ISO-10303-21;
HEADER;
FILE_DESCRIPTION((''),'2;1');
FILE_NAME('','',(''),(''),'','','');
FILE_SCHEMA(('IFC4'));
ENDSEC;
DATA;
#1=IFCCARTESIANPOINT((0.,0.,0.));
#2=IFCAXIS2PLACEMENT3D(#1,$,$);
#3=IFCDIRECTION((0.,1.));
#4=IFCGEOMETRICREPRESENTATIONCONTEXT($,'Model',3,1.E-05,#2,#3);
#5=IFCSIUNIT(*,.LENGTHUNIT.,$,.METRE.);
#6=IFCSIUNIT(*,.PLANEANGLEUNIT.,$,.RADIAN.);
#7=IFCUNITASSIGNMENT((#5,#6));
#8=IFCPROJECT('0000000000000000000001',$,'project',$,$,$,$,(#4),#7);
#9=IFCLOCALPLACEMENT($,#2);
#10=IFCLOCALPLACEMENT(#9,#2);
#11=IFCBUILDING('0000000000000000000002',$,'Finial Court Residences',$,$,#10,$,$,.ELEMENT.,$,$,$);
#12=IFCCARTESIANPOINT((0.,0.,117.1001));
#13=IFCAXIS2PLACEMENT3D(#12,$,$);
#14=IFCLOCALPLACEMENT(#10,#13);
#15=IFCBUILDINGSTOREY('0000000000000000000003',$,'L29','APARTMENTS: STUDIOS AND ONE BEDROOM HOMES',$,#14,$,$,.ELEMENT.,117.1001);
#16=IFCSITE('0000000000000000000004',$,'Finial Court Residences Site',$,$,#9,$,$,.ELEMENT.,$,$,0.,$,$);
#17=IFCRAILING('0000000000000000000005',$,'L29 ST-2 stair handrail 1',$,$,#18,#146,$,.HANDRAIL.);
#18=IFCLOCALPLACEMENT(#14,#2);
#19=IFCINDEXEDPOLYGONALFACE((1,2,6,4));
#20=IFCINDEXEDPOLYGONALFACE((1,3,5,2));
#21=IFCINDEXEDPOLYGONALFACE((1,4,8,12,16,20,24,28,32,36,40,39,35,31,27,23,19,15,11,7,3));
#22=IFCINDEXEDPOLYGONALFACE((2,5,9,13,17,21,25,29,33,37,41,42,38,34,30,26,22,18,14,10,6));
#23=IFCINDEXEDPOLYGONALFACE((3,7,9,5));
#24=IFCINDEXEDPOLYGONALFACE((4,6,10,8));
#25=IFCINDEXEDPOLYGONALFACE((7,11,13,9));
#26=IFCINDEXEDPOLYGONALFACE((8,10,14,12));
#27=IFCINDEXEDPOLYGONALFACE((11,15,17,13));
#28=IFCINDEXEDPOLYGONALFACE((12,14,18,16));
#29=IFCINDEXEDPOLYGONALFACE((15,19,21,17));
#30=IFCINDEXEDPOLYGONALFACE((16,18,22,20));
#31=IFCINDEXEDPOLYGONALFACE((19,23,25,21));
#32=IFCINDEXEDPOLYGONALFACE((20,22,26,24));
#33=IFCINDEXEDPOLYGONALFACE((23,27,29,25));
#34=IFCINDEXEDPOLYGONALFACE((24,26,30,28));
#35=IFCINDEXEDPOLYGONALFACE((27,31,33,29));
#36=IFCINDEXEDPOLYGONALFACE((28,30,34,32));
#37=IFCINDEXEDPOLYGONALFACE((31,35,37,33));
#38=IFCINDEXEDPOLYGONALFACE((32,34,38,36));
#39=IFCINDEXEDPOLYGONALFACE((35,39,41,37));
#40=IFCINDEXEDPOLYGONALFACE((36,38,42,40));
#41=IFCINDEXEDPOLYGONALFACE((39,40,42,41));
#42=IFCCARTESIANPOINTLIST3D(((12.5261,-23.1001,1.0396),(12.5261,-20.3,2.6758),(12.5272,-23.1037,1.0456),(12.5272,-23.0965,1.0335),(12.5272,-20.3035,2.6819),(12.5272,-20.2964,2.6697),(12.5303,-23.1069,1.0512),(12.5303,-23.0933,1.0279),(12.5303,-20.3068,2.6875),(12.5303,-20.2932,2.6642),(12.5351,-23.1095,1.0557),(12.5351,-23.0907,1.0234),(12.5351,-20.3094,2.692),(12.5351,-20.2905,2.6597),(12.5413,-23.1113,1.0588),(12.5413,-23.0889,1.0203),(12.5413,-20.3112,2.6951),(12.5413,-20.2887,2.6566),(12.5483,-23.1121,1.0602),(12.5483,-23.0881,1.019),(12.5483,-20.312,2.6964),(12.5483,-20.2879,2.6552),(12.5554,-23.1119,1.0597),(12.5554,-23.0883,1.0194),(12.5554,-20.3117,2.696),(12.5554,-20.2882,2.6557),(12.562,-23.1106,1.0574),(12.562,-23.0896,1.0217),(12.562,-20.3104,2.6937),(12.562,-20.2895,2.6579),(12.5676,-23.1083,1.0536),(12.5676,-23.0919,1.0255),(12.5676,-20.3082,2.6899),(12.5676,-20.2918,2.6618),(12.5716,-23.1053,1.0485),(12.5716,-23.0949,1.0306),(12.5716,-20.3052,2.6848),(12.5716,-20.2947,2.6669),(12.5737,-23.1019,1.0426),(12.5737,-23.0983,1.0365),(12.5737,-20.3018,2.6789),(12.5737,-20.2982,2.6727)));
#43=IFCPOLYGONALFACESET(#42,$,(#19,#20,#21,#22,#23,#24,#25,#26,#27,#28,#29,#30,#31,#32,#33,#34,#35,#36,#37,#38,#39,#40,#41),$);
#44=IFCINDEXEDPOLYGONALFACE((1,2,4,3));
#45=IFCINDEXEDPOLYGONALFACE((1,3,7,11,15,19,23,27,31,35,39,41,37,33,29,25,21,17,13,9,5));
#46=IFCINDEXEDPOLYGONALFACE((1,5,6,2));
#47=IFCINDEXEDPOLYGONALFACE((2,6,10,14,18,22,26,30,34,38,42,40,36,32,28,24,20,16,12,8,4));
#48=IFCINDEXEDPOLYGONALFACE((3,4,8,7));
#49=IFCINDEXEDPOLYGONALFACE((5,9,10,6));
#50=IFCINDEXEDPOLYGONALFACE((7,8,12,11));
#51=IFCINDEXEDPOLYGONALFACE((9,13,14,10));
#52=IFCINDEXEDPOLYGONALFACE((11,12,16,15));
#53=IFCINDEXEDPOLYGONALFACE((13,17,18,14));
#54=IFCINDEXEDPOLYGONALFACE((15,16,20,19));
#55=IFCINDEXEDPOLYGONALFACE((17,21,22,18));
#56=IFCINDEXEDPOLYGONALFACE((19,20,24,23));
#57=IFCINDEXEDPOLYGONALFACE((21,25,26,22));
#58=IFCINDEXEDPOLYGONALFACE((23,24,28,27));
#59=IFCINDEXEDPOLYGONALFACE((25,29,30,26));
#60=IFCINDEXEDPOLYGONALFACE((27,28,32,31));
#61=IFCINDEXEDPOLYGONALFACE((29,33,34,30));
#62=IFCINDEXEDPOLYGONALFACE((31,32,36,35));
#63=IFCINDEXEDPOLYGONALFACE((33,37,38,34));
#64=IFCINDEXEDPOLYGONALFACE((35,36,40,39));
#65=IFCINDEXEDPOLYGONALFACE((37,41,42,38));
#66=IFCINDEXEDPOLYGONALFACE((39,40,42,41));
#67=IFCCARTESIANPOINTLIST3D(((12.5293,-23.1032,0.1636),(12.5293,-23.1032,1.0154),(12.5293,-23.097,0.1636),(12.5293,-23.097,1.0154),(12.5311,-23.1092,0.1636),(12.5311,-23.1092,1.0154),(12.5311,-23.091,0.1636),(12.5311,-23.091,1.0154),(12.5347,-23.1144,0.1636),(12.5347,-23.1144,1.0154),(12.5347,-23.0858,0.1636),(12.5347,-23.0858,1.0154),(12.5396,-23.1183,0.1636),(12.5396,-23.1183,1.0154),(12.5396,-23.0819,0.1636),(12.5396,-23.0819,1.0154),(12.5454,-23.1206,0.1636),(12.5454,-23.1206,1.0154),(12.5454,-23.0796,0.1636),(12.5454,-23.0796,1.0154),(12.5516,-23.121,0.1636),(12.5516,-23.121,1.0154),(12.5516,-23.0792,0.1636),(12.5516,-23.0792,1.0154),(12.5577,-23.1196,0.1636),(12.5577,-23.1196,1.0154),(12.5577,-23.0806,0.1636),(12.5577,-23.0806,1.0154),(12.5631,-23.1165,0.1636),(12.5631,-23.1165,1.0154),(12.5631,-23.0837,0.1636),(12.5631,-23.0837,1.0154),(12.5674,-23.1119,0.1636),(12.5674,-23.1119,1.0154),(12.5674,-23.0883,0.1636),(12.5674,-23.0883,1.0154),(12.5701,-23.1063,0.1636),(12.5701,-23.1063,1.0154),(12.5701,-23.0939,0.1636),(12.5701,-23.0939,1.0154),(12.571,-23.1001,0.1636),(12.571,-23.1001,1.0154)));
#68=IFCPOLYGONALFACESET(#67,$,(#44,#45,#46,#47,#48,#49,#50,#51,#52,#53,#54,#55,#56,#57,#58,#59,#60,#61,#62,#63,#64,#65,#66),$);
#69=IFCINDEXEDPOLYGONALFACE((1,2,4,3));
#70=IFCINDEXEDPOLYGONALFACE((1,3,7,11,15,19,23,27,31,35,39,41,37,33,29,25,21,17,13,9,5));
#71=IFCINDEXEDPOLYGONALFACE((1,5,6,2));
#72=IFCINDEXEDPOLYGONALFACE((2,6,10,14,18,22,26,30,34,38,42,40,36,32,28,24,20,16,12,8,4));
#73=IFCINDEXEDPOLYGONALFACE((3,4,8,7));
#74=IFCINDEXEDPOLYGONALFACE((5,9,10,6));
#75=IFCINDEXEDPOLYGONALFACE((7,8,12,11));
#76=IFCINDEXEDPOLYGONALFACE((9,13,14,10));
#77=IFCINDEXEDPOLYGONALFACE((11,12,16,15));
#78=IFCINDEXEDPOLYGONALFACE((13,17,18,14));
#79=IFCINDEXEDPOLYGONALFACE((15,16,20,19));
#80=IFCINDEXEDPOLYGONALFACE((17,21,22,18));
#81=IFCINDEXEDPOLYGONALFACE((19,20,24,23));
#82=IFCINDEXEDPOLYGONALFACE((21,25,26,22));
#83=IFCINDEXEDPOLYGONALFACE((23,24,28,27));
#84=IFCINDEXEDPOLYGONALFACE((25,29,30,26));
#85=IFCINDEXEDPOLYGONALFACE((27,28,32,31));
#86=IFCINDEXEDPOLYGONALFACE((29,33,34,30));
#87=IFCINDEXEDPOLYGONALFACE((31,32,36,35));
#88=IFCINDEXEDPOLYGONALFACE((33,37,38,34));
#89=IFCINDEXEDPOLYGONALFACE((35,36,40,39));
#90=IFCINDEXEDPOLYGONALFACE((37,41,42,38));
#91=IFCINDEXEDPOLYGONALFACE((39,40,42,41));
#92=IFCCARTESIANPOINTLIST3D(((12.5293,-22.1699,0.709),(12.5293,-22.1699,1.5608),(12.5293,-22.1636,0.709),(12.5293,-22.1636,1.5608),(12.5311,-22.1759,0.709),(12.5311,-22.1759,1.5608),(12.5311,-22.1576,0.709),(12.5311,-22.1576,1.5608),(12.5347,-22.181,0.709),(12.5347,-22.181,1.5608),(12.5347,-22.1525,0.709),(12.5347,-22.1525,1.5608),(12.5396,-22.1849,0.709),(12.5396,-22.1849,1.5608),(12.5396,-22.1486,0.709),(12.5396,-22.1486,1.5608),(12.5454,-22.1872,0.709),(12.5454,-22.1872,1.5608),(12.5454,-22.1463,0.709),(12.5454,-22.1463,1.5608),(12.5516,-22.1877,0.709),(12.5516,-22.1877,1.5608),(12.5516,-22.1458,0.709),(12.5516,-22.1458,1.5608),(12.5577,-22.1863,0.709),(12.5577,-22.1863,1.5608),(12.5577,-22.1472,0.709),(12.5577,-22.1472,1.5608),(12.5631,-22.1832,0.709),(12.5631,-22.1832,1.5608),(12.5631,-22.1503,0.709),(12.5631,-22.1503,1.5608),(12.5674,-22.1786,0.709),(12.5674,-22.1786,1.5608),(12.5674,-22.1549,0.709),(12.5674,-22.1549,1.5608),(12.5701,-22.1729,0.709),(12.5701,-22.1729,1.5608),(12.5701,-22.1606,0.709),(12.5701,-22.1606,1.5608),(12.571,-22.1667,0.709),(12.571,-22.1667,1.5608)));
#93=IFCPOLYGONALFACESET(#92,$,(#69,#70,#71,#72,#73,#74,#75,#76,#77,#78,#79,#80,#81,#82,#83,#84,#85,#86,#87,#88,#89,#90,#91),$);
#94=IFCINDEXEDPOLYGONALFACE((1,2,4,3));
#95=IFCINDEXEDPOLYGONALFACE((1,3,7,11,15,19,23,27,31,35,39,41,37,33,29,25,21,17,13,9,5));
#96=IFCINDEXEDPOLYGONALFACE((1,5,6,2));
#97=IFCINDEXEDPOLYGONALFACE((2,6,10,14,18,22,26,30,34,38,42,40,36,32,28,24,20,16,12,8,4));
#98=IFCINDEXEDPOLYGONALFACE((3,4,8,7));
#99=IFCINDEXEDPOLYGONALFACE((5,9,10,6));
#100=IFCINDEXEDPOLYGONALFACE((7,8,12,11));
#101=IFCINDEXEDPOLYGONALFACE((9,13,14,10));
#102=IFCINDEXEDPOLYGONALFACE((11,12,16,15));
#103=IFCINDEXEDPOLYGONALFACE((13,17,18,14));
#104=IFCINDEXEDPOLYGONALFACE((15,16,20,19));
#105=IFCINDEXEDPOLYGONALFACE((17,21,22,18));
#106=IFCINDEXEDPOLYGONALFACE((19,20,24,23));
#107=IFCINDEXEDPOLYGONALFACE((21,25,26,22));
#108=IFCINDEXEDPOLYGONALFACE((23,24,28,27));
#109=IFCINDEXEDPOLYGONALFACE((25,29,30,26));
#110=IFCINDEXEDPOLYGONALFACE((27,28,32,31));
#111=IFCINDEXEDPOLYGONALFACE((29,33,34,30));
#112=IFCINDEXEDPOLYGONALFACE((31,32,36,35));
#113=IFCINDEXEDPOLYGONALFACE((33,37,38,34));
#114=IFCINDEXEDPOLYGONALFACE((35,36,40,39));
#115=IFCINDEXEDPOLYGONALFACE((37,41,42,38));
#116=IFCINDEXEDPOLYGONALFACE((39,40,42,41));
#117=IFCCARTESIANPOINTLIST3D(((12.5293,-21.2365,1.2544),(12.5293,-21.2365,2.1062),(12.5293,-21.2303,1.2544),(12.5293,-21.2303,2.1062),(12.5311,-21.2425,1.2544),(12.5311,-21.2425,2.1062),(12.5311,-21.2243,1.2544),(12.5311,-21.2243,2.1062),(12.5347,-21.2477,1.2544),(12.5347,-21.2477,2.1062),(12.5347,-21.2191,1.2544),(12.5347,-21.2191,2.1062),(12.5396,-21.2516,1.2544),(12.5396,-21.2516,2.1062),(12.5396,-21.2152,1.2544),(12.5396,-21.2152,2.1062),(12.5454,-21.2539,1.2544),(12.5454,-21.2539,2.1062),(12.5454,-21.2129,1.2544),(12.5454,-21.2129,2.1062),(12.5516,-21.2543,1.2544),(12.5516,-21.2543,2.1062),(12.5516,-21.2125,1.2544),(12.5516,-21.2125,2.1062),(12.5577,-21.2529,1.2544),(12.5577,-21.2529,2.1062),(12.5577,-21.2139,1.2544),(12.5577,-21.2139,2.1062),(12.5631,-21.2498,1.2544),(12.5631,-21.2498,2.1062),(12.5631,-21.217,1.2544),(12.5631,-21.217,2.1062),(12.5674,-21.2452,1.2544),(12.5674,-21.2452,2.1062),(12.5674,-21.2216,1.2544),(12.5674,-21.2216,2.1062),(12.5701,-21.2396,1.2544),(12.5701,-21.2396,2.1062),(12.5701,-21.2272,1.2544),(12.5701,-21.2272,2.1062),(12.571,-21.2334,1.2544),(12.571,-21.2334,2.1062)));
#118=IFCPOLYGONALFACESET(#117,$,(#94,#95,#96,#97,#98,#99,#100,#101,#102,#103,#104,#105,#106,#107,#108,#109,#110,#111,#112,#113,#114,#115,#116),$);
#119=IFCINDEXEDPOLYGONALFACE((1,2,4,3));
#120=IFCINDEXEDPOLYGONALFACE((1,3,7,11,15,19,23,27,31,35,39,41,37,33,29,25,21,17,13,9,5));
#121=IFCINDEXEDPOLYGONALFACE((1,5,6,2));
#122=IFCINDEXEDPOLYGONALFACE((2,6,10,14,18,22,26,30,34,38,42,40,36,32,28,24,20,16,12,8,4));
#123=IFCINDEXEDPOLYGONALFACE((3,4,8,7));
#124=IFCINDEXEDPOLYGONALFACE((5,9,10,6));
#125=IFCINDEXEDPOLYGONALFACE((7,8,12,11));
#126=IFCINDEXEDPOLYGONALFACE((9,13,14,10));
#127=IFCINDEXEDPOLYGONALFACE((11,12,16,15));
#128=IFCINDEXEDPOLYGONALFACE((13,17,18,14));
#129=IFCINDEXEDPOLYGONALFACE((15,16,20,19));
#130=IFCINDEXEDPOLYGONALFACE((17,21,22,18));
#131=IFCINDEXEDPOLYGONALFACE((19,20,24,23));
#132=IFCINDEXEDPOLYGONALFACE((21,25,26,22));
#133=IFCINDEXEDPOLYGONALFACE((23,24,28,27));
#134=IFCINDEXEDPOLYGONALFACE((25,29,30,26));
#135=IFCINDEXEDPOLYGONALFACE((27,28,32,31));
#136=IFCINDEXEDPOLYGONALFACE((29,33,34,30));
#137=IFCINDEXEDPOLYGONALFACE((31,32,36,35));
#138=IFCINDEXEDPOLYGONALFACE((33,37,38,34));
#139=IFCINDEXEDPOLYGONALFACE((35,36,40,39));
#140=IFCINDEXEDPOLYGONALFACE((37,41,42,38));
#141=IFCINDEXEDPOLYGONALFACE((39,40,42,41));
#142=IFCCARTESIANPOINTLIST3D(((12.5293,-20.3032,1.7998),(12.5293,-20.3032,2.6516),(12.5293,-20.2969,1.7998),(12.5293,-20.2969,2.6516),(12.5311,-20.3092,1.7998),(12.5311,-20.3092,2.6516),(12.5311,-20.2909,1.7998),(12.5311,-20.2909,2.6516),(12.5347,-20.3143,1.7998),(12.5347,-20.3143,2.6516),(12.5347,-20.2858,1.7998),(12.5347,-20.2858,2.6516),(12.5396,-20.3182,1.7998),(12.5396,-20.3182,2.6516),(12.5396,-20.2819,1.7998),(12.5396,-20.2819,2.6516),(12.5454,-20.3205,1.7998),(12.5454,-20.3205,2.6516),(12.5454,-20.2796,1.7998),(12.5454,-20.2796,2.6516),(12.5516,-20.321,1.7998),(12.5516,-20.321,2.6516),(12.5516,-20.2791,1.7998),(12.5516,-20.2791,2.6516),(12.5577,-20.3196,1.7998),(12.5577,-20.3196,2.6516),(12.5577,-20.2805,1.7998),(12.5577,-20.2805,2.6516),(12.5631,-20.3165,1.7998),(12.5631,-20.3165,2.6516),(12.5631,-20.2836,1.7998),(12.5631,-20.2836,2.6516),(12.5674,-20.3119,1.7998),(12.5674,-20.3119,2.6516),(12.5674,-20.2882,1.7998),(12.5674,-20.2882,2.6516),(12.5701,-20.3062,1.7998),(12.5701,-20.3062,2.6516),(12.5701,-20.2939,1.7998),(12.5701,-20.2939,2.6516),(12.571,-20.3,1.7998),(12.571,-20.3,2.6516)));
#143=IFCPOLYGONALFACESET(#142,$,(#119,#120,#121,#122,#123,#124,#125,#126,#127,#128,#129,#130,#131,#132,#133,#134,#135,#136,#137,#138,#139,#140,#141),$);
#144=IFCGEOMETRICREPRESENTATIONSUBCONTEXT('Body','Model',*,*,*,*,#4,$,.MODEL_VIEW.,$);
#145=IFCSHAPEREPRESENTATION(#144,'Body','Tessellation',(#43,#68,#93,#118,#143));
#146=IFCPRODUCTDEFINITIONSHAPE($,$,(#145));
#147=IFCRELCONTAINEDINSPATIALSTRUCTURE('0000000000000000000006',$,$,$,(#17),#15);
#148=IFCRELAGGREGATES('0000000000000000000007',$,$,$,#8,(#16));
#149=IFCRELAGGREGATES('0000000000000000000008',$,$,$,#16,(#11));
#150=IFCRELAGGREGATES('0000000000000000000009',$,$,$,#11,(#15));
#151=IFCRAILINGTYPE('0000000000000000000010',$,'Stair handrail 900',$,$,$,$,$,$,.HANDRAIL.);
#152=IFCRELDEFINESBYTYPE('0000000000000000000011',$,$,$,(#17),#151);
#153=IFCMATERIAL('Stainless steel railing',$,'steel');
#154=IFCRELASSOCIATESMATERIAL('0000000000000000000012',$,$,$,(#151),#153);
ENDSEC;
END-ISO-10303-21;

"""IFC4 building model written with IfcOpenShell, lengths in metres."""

from ifc_helpers import new_model, si_unit, direction, frame, origin, origin_2d, place, context, subcontext, project, spatial, circle, extrude, material, type_object, element, save


model = new_model("IFC4")

# Units and contexts
model_context = context("Model", 3, precision=1e-05, world=origin(), true_north=direction((0.0, 1.0)))
body_context = subcontext(model_context, "Body", "Model", "MODEL_VIEW")
ifc_project = project(units=[si_unit("LENGTHUNIT", "METRE"), si_unit("PLANEANGLEUNIT", "RADIAN")], contexts=[model_context])

# Site, building, storey
site_placement = place(None, origin())
site = spatial("IfcSite", under=ifc_project, at=site_placement, Name="Finial Court Residences Site", CompositionType="ELEMENT", RefElevation=0.0)
building_placement = place(site_placement, origin())
building = spatial("IfcBuilding", under=site, at=building_placement, Name="Finial Court Residences", CompositionType="ELEMENT")
storey_placement = place(building_placement, frame((0.0, 0.0, 117.1001)))
storey = spatial("IfcBuildingStorey", under=building, at=storey_placement, Name="L29", Description="APARTMENTS: STUDIOS AND ONE BEDROOM HOMES", CompositionType="ELEMENT", Elevation=117.1001)

# Railing
ifc_material_1 = material(Name="Stainless steel railing", Category="steel")
railing_type_1 = type_object("IfcRailingType", Name="Stair handrail 900", PredefinedType="HANDRAIL", material=ifc_material_1)
railing_1_placement = place(storey_placement, frame((12.55, -23.1001, 0.1636)))
element("IfcRailing", 1, at=railing_1_placement, inside=storey, type_object=railing_type_1, Name="L29 ST-2 stair handrail 1", PredefinedType="HANDRAIL", context=body_context, shape_type="SweptSolid", body=[
    extrude(circle(Radius=0.0239, at=origin_2d()), frame((0.0, 0.0, 0.876), z_axis=(0.0, 0.863394, 0.504531), x_axis=(-1.0, 0.0, 0.0)), (0.0, 0.0, 1.0), 3.2432),
    extrude(circle(Radius=0.021, at=origin_2d()), origin(), (0.0, 0.0, 1.0), 0.8518),
    extrude(circle(Radius=0.021, at=origin_2d()), frame((0.0, 0.9333, 0.5454)), (0.0, 0.0, 1.0), 0.8518),
    extrude(circle(Radius=0.021, at=origin_2d()), frame((0.0, 1.8667, 1.0908)), (0.0, 0.0, 1.0), 0.8518),
    extrude(circle(Radius=0.021, at=origin_2d()), frame((0.0, 2.8, 1.6362)), (0.0, 0.0, 1.0), 0.8518),
])

save(model, "model.ifc")
